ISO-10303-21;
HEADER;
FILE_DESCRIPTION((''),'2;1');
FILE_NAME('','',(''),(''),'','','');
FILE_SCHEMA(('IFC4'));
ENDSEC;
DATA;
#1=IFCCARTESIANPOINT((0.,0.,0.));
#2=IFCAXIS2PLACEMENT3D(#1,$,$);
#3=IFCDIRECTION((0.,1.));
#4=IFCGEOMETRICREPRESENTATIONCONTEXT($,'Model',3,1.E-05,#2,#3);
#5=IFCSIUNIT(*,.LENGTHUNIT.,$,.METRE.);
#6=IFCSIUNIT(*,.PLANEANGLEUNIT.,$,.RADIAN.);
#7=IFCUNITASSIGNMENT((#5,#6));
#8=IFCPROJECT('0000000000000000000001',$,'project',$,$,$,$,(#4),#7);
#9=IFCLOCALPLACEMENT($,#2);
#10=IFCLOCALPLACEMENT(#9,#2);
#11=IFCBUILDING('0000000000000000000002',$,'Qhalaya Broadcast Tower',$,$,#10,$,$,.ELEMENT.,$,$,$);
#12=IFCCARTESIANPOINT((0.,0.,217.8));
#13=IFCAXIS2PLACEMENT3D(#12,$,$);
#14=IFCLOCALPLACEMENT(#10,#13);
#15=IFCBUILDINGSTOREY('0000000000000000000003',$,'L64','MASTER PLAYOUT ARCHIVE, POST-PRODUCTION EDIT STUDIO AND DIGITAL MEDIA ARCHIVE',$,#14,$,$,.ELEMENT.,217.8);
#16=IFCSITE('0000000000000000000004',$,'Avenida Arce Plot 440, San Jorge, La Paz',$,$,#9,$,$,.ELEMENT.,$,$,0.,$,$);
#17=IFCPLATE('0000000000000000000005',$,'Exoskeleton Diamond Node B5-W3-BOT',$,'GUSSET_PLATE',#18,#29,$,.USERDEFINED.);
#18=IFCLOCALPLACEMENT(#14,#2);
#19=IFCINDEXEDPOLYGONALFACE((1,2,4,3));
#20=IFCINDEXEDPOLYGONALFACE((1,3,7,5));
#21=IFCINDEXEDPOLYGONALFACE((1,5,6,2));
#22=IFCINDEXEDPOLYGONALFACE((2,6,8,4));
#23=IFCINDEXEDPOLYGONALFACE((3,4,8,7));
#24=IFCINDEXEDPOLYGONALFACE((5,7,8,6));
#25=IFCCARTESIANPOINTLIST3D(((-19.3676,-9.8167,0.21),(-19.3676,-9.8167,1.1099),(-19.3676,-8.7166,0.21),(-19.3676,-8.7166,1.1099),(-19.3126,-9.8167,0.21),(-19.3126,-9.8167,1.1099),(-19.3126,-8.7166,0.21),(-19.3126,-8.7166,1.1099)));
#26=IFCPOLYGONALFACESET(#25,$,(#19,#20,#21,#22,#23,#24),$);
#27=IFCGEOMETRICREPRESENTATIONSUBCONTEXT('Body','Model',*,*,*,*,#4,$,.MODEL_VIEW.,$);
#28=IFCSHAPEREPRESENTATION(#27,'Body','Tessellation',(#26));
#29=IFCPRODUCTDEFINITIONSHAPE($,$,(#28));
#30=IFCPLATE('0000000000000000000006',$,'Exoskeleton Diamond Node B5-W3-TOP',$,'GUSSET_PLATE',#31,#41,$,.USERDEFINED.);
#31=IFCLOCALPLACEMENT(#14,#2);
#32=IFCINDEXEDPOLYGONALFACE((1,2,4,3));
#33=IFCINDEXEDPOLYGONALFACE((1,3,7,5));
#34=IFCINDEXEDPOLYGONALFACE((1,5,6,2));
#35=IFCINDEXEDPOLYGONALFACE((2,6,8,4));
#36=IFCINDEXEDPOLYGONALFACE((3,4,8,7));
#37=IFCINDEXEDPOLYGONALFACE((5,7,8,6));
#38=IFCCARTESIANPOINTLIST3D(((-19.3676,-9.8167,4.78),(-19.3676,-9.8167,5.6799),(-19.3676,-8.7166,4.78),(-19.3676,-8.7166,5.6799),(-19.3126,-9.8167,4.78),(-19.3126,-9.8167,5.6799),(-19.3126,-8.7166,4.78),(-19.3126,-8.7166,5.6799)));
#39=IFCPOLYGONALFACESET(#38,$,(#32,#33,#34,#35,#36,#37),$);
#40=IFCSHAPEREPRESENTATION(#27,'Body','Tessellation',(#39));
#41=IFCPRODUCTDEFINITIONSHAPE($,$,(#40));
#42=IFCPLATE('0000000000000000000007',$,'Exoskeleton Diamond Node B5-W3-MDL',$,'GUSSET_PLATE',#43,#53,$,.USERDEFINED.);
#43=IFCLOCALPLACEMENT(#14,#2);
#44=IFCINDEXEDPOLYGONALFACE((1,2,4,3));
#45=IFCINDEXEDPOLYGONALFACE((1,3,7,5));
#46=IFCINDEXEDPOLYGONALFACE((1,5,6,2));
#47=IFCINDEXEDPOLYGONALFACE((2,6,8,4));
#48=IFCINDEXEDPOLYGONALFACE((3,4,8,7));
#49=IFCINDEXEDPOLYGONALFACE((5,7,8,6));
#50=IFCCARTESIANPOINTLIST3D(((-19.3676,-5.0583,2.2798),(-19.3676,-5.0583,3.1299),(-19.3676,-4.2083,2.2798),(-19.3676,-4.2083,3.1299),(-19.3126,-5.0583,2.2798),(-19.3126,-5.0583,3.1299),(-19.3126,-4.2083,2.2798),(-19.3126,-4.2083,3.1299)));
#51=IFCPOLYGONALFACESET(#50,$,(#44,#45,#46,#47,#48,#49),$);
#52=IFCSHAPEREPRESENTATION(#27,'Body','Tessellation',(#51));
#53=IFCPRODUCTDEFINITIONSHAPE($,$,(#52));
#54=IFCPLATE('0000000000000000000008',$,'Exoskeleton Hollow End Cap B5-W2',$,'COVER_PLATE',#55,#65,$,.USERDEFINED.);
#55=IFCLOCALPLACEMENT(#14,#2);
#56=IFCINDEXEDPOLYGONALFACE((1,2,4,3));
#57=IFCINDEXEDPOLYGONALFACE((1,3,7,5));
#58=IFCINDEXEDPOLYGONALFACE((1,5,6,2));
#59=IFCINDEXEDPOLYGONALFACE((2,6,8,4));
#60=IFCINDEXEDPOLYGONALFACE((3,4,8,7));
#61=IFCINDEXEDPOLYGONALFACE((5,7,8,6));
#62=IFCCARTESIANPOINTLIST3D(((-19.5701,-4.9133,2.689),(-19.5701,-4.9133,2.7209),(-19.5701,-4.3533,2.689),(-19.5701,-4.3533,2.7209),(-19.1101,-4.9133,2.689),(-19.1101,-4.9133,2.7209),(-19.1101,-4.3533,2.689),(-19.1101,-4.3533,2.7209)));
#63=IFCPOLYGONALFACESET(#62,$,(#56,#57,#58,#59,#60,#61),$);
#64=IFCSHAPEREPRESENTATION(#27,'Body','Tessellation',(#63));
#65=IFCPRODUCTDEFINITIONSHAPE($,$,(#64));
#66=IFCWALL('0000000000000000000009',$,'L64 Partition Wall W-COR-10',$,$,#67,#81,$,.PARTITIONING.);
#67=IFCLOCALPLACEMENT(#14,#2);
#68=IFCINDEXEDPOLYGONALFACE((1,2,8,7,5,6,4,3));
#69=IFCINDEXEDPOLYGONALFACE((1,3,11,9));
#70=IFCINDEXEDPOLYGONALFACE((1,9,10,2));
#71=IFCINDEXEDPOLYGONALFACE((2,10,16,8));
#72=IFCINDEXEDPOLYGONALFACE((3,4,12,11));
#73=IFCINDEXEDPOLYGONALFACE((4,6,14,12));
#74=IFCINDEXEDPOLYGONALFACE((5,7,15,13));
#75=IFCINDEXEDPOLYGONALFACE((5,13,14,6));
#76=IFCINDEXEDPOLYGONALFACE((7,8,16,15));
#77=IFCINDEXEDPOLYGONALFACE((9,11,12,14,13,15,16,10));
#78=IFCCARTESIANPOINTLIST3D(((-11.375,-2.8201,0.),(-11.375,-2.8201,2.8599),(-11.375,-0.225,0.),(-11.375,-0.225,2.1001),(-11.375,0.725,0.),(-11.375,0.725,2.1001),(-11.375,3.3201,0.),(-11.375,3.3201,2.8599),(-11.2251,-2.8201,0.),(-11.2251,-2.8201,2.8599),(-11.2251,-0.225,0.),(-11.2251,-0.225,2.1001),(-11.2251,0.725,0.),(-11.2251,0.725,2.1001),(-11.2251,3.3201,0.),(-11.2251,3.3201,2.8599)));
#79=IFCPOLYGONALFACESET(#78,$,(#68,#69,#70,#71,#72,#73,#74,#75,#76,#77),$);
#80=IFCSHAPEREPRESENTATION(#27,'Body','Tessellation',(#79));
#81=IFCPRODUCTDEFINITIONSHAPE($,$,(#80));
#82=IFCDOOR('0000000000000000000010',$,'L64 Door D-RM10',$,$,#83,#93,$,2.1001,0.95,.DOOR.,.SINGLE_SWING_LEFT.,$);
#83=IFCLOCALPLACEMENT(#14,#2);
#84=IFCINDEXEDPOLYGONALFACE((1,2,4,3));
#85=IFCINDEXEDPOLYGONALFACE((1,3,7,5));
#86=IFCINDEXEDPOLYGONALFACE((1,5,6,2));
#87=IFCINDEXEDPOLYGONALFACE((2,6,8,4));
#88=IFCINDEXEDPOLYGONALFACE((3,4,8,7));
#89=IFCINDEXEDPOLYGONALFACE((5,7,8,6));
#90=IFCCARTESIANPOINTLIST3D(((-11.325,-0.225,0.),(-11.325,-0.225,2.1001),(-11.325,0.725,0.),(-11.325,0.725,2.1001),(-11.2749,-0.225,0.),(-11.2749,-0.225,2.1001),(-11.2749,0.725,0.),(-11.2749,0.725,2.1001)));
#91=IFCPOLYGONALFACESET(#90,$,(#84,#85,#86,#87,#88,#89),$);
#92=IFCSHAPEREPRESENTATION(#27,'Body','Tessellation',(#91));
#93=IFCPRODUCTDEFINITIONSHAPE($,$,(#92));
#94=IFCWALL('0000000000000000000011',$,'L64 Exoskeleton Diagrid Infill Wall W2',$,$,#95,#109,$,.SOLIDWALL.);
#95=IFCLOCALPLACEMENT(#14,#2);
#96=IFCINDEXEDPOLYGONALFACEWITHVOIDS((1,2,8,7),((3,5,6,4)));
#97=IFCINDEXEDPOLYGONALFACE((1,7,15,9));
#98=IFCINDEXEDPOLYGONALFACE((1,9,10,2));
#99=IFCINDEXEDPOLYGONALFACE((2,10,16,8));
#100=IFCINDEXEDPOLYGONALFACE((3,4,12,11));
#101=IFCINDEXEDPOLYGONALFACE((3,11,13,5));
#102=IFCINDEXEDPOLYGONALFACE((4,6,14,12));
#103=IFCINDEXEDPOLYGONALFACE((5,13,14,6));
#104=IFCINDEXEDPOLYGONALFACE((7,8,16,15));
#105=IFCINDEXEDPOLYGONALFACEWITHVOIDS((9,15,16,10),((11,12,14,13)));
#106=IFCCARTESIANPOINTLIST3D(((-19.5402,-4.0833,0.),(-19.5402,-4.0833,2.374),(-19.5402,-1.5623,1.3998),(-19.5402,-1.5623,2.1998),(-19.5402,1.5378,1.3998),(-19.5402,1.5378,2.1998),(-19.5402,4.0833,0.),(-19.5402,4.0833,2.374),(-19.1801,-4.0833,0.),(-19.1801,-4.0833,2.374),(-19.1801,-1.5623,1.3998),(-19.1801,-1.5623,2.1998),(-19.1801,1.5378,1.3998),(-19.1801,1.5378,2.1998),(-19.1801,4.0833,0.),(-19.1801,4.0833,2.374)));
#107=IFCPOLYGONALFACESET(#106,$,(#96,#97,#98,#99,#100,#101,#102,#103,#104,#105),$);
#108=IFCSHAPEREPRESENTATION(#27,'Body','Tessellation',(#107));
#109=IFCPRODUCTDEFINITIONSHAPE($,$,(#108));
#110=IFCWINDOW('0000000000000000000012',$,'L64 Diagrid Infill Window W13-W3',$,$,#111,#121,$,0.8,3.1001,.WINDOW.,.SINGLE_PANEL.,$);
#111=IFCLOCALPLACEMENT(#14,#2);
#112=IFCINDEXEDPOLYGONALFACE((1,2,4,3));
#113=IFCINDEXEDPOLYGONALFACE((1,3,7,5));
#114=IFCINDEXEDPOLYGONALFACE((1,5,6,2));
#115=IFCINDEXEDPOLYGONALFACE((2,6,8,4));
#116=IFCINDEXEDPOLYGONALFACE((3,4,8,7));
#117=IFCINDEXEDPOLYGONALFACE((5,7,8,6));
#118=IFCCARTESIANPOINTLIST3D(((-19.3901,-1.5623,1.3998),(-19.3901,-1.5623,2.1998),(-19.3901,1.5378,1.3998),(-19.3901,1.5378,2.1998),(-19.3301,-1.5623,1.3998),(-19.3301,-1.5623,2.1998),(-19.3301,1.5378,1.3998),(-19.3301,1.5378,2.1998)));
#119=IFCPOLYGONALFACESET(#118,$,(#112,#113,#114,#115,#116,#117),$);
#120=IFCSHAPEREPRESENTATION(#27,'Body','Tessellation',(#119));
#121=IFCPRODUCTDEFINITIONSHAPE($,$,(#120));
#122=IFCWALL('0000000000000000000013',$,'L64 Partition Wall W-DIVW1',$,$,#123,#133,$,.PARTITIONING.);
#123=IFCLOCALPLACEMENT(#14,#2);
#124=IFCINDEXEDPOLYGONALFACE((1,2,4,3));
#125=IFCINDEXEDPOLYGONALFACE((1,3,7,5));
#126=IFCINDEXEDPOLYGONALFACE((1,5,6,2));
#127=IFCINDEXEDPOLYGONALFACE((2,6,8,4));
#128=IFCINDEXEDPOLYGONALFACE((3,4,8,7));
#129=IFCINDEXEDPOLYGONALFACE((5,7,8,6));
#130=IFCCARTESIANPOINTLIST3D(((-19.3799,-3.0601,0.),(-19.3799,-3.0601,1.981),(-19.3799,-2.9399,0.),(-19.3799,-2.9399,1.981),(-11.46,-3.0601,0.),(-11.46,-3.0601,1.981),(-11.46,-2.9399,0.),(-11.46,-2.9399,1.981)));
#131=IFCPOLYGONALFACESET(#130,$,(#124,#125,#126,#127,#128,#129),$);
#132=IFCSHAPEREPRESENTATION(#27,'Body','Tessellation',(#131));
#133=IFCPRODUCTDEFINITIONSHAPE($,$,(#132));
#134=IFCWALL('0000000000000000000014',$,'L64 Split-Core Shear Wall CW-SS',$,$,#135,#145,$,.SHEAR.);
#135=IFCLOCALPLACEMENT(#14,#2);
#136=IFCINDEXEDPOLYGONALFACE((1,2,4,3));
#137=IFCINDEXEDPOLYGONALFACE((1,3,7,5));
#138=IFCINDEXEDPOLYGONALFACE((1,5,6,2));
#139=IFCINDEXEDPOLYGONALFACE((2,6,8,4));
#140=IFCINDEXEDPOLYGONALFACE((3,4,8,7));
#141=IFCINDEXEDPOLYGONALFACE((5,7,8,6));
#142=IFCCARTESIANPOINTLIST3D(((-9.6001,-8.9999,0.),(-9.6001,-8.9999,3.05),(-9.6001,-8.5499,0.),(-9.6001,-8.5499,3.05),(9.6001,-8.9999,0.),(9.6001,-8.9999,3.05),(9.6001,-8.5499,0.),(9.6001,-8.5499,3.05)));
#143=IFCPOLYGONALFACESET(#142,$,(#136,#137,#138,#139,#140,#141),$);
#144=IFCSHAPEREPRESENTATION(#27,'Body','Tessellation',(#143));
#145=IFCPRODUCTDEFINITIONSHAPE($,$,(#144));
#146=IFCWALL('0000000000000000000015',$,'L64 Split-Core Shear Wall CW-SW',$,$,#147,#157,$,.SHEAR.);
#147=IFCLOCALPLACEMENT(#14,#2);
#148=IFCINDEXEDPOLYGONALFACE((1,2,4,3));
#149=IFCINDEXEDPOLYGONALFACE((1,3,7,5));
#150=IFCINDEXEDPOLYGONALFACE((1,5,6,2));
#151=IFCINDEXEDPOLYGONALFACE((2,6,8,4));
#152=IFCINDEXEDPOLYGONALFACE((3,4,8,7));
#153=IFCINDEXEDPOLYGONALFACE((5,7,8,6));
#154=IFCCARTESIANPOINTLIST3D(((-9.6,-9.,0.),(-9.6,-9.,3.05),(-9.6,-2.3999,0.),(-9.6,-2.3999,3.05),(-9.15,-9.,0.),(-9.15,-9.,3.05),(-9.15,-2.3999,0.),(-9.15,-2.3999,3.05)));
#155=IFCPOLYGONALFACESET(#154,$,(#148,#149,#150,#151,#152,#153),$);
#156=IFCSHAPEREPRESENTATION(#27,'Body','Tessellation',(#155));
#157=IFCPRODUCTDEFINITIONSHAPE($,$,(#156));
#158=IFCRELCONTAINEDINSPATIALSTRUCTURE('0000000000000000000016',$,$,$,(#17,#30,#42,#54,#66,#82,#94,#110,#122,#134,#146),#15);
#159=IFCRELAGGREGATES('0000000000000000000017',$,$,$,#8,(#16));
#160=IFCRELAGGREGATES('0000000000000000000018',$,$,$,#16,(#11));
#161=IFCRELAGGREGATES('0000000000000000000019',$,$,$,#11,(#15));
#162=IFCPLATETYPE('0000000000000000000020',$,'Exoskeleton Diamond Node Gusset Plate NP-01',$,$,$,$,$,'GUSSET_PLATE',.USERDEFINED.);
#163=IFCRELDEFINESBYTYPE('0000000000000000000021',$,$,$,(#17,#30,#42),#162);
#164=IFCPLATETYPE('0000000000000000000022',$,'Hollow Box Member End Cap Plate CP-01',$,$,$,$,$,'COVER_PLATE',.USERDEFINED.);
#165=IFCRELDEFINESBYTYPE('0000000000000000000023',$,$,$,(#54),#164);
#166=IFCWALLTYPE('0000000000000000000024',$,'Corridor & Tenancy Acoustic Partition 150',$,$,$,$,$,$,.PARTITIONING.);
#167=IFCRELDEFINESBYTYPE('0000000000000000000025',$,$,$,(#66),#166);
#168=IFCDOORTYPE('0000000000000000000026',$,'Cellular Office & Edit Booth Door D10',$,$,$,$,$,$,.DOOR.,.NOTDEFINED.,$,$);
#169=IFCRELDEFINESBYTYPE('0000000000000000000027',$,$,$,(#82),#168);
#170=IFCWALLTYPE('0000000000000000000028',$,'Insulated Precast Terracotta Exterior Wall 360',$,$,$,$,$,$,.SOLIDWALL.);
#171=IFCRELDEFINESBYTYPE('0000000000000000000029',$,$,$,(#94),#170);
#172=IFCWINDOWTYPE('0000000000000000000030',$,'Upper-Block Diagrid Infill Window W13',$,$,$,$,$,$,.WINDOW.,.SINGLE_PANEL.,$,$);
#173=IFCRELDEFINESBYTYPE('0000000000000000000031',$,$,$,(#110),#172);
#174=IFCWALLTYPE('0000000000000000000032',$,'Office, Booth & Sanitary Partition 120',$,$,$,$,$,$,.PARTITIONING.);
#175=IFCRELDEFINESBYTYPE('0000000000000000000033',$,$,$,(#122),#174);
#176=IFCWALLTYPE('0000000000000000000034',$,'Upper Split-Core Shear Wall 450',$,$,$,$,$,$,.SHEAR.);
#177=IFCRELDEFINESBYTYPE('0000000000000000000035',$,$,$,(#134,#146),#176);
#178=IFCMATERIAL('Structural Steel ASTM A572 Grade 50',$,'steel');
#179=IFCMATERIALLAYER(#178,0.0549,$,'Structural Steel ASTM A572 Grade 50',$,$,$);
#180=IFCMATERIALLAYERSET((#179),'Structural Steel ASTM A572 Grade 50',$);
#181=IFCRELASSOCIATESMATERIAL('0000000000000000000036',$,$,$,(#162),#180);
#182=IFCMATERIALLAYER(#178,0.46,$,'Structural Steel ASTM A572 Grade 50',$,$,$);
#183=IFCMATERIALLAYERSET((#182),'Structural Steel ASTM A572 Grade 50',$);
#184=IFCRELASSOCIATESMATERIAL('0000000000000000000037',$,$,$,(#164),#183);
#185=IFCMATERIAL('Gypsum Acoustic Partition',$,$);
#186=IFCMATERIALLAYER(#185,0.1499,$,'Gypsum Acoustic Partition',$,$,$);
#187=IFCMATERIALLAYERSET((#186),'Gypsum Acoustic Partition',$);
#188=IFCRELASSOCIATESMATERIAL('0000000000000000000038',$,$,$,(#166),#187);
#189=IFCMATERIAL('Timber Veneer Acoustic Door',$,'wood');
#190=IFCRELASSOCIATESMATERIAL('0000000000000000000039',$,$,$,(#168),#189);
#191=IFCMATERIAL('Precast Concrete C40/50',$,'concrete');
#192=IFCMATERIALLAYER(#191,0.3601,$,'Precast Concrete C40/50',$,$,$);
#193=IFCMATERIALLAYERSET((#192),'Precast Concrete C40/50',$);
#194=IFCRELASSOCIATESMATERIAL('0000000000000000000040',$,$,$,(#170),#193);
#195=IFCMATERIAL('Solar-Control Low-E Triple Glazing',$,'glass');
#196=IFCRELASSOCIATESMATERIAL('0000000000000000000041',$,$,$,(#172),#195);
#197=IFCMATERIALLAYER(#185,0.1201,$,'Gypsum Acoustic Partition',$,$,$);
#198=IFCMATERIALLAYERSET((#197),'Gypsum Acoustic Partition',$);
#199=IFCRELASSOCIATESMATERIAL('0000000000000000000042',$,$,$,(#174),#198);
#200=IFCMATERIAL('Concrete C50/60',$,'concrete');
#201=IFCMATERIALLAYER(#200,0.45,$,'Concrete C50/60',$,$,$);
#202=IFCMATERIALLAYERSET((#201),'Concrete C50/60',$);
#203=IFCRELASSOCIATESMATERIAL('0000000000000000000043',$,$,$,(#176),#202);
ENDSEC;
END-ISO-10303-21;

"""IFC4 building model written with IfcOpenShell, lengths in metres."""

from ifc_helpers import new_model, si_unit, direction, frame, frame_2d, origin, origin_2d, place, context, subcontext, project, spatial, rectangle, extrude, material, layer, layer_set, type_object, element, fill, save


model = new_model("IFC4")

# Units and contexts
model_context = context("Model", 3, precision=1e-05, world=origin(), true_north=direction((0.0, 1.0)))
body_context = subcontext(model_context, "Body", "Model", "MODEL_VIEW")
ifc_project = project(units=[si_unit("LENGTHUNIT", "METRE"), si_unit("PLANEANGLEUNIT", "RADIAN")], contexts=[model_context])

# Site, building, storey
site_placement = place(None, origin())
site = spatial("IfcSite", under=ifc_project, at=site_placement, Name="Avenida Arce Plot 440, San Jorge, La Paz", CompositionType="ELEMENT", RefElevation=0.0)
building_placement = place(site_placement, origin())
building = spatial("IfcBuilding", under=site, at=building_placement, Name="Qhalaya Broadcast Tower", CompositionType="ELEMENT")
storey_placement = place(building_placement, frame((0.0, 0.0, 217.8)))
storey = spatial("IfcBuildingStorey", under=building, at=storey_placement, Name="L64", Description="MASTER PLAYOUT ARCHIVE, POST-PRODUCTION EDIT STUDIO AND DIGITAL MEDIA ARCHIVE", CompositionType="ELEMENT", Elevation=217.8)

# Shared definitions
ifc_material_1 = material(Name="Structural Steel ASTM A572 Grade 50", Category="steel")

# Plates
ifc_layer_1 = layer(ifc_material_1, 0.0549, Name="Structural Steel ASTM A572 Grade 50")
ifc_layer_set_1 = layer_set([ifc_layer_1], Name="Structural Steel ASTM A572 Grade 50")
plate_type_1 = type_object("IfcPlateType", Name="Exoskeleton Diamond Node Gusset Plate NP-01", ElementType="GUSSET_PLATE", PredefinedType="USERDEFINED", material=ifc_layer_set_1)
for number, where, z_axis, x_axis, name in (
    (1, (-19.3401, -9.2666, 0.21), (0.0, 0.0, 1.0), (0.0, 1.0, 0.0), "Exoskeleton Diamond Node B5-W3-BOT"),
    (2, (-19.3401, -9.2666, 4.78), (0.0, 0.0, 1.0), (0.0, 1.0, 0.0), "Exoskeleton Diamond Node B5-W3-TOP"),
):
    element("IfcPlate", number, at=place(storey_placement, frame(where, z_axis=z_axis, x_axis=x_axis)), inside=storey, type_object=plate_type_1, Name=name, ObjectType="GUSSET_PLATE", PredefinedType="USERDEFINED", context=body_context, shape_type="SweptSolid", body=[
        extrude(rectangle(XDim=1.1001, YDim=0.0549, at=origin_2d()), origin(), (0.0, 0.0, 1.0), 0.8999),
    ])
plate_1_placement = place(storey_placement, frame((-19.3401, -4.6333, 2.2798), z_axis=(0.0, 0.0, 1.0), x_axis=(0.0, 1.0, 0.0)))
element("IfcPlate", 3, at=plate_1_placement, inside=storey, type_object=plate_type_1, Name="Exoskeleton Diamond Node B5-W3-MDL", ObjectType="GUSSET_PLATE", PredefinedType="USERDEFINED", context=body_context, shape_type="SweptSolid", body=[
    extrude(rectangle(XDim=0.8501, YDim=0.0549, at=origin_2d()), origin(), (0.0, 0.0, 1.0), 0.8501),
])
ifc_layer_2 = layer(ifc_material_1, 0.46, Name="Structural Steel ASTM A572 Grade 50")
ifc_layer_set_2 = layer_set([ifc_layer_2], Name="Structural Steel ASTM A572 Grade 50")
plate_type_2 = type_object("IfcPlateType", Name="Hollow Box Member End Cap Plate CP-01", ElementType="COVER_PLATE", PredefinedType="USERDEFINED", material=ifc_layer_set_2)
plate_2_placement = place(storey_placement, frame((-19.3401, -4.6333, 2.689), z_axis=(0.0, 0.0, 1.0), x_axis=(0.0, 1.0, 0.0)))
element("IfcPlate", 4, at=plate_2_placement, inside=storey, type_object=plate_type_2, Name="Exoskeleton Hollow End Cap B5-W2", ObjectType="COVER_PLATE", PredefinedType="USERDEFINED", context=body_context, shape_type="SweptSolid", body=[
    extrude(rectangle(XDim=0.5601, YDim=0.46, at=origin_2d()), origin(), (0.0, 0.0, 1.0), 0.032),
])

# Wall, opening, door
ifc_material_2 = material(Name="Gypsum Acoustic Partition")
ifc_layer_3 = layer(ifc_material_2, 0.1499, Name="Gypsum Acoustic Partition")
ifc_layer_set_3 = layer_set([ifc_layer_3], Name="Gypsum Acoustic Partition")
wall_type_1 = type_object("IfcWallType", Name="Corridor & Tenancy Acoustic Partition 150", PredefinedType="PARTITIONING", material=ifc_layer_set_3)
wall_1_placement = place(storey_placement, frame((-11.3, -2.8201, 0.0), z_axis=(0.0, 0.0, 1.0), x_axis=(0.0, 1.0, 0.0)))
wall_1 = element("IfcWall", 5, at=wall_1_placement, inside=storey, type_object=wall_type_1, Name="L64 Partition Wall W-COR-10", PredefinedType="PARTITIONING", context=body_context, shape_type="SweptSolid", body=[
    extrude(rectangle(XDim=6.1401, YDim=0.1499, at=frame_2d((3.0701, 0.0))), origin(), (0.0, 0.0, 1.0), 2.8599),
])
opening_1_placement = place(wall_1_placement, frame((2.595, 0.0, 0.0)))
opening_1 = element("IfcOpeningElement", 6, at=opening_1_placement, cuts=wall_1, PredefinedType="OPENING", context=body_context, shape_type="SweptSolid", body=[
    extrude(rectangle(XDim=0.95, YDim=2.1001, at=frame_2d((0.4751, 1.05))), frame((0.0, 0.0869, 0.0), z_axis=(0.0, -1.0, 0.0), x_axis=(1.0, 0.0, 0.0)), (0.0, 0.0, 1.0), 0.1738),
])
ifc_material_3 = material(Name="Timber Veneer Acoustic Door", Category="wood")
door_type_1 = type_object("IfcDoorType", Name="Cellular Office & Edit Booth Door D10", OperationType="NOTDEFINED", PredefinedType="DOOR", material=ifc_material_3)
door_1_placement = place(opening_1_placement, origin())
door_1 = element("IfcDoor", 7, at=door_1_placement, inside=storey, type_object=door_type_1, Name="L64 Door D-RM10", OperationType="SINGLE_SWING_LEFT", OverallHeight=2.1001, OverallWidth=0.95, PredefinedType="DOOR", context=body_context, shape_type="SweptSolid", body=[
    extrude(rectangle(XDim=0.95, YDim=2.1001, at=frame_2d((0.4751, 1.05))), frame((0.0, 0.0249, 0.0), z_axis=(0.0, -1.0, 0.0), x_axis=(1.0, 0.0, 0.0)), (0.0, 0.0, 1.0), 0.05),
])
fill(opening_1, door_1)

# Wall, opening, window
ifc_material_4 = material(Name="Precast Concrete C40/50", Category="concrete")
ifc_layer_4 = layer(ifc_material_4, 0.3601, Name="Precast Concrete C40/50")
ifc_layer_set_4 = layer_set([ifc_layer_4], Name="Precast Concrete C40/50")
wall_type_2 = type_object("IfcWallType", Name="Insulated Precast Terracotta Exterior Wall 360", PredefinedType="SOLIDWALL", material=ifc_layer_set_4)
wall_2_placement = place(storey_placement, frame((-19.3601, -4.0833, 0.0), z_axis=(0.0, 0.0, 1.0), x_axis=(0.0, 1.0, 0.0)))
wall_2 = element("IfcWall", 8, at=wall_2_placement, inside=storey, type_object=wall_type_2, Name="L64 Exoskeleton Diagrid Infill Wall W2", PredefinedType="SOLIDWALL", context=body_context, shape_type="SweptSolid", body=[
    extrude(rectangle(XDim=8.1665, YDim=0.3601, at=frame_2d((4.0833, 0.0))), origin(), (0.0, 0.0, 1.0), 2.374),
])
opening_2_placement = place(wall_2_placement, frame((2.521, 0.0, 1.3999)))
opening_2 = element("IfcOpeningElement", 9, at=opening_2_placement, cuts=wall_2, PredefinedType="OPENING", context=body_context, shape_type="SweptSolid", body=[
    extrude(rectangle(XDim=3.1001, YDim=0.8, at=frame_2d((1.55, 0.3999))), frame((0.0, 0.1921, 0.0), z_axis=(0.0, -1.0, 0.0), x_axis=(1.0, 0.0, 0.0)), (0.0, 0.0, 1.0), 0.384),
])
ifc_material_5 = material(Name="Solar-Control Low-E Triple Glazing", Category="glass")
window_type = type_object("IfcWindowType", Name="Upper-Block Diagrid Infill Window W13", PartitioningType="SINGLE_PANEL", PredefinedType="WINDOW", material=ifc_material_5)
window_placement = place(opening_2_placement, origin())
window = element("IfcWindow", 10, at=window_placement, inside=storey, type_object=window_type, Name="L64 Diagrid Infill Window W13-W3", OverallHeight=0.8, OverallWidth=3.1001, PartitioningType="SINGLE_PANEL", PredefinedType="WINDOW", context=body_context, shape_type="SweptSolid", body=[
    extrude(rectangle(XDim=3.1001, YDim=0.8, at=frame_2d((1.55, 0.3999))), frame((0.0, 0.03, 0.0), z_axis=(0.0, -1.0, 0.0), x_axis=(1.0, 0.0, 0.0)), (0.0, 0.0, 1.0), 0.0601),
])
fill(opening_2, window)

# Walls
ifc_layer_5 = layer(ifc_material_2, 0.1201, Name="Gypsum Acoustic Partition")
ifc_layer_set_5 = layer_set([ifc_layer_5], Name="Gypsum Acoustic Partition")
wall_type_3 = type_object("IfcWallType", Name="Office, Booth & Sanitary Partition 120", PredefinedType="PARTITIONING", material=ifc_layer_set_5)
wall_3_placement = place(storey_placement, frame((-19.3799, -3.0, 0.0), z_axis=(0.0, 0.0, 1.0), x_axis=(1.0, 0.0, 0.0)))
element("IfcWall", 11, at=wall_3_placement, inside=storey, type_object=wall_type_3, Name="L64 Partition Wall W-DIVW1", PredefinedType="PARTITIONING", context=body_context, shape_type="SweptSolid", body=[
    extrude(rectangle(XDim=7.9199, YDim=0.1201, at=frame_2d((3.96, 0.0))), origin(), (0.0, 0.0, 1.0), 1.981),
])
ifc_material_6 = material(Name="Concrete C50/60", Category="concrete")
ifc_layer_6 = layer(ifc_material_6, 0.45, Name="Concrete C50/60")
ifc_layer_set_6 = layer_set([ifc_layer_6], Name="Concrete C50/60")
wall_type_4 = type_object("IfcWallType", Name="Upper Split-Core Shear Wall 450", PredefinedType="SHEAR", material=ifc_layer_set_6)
wall_4_placement = place(storey_placement, frame((-9.6001, -8.7749, 0.0), z_axis=(0.0, 0.0, 1.0), x_axis=(1.0, 0.0, 0.0)))
element("IfcWall", 12, at=wall_4_placement, inside=storey, type_object=wall_type_4, Name="L64 Split-Core Shear Wall CW-SS", PredefinedType="SHEAR", context=body_context, shape_type="SweptSolid", body=[
    extrude(rectangle(XDim=19.2002, YDim=0.45, at=frame_2d((9.6001, 0.0))), origin(), (0.0, 0.0, 1.0), 3.05),
])

# Wall
wall_5_placement = place(storey_placement, frame((-9.375, -9.0, 0.0), z_axis=(0.0, 0.0, 1.0), x_axis=(0.0, 1.0, 0.0)))
element("IfcWall", 13, at=wall_5_placement, inside=storey, type_object=wall_type_4, Name="L64 Split-Core Shear Wall CW-SW", PredefinedType="SHEAR", context=body_context, shape_type="SweptSolid", body=[
    extrude(rectangle(XDim=6.6001, YDim=0.45, at=frame_2d((3.3, 0.0))), origin(), (0.0, 0.0, 1.0), 3.05),
])

save(model, "model.ifc")
